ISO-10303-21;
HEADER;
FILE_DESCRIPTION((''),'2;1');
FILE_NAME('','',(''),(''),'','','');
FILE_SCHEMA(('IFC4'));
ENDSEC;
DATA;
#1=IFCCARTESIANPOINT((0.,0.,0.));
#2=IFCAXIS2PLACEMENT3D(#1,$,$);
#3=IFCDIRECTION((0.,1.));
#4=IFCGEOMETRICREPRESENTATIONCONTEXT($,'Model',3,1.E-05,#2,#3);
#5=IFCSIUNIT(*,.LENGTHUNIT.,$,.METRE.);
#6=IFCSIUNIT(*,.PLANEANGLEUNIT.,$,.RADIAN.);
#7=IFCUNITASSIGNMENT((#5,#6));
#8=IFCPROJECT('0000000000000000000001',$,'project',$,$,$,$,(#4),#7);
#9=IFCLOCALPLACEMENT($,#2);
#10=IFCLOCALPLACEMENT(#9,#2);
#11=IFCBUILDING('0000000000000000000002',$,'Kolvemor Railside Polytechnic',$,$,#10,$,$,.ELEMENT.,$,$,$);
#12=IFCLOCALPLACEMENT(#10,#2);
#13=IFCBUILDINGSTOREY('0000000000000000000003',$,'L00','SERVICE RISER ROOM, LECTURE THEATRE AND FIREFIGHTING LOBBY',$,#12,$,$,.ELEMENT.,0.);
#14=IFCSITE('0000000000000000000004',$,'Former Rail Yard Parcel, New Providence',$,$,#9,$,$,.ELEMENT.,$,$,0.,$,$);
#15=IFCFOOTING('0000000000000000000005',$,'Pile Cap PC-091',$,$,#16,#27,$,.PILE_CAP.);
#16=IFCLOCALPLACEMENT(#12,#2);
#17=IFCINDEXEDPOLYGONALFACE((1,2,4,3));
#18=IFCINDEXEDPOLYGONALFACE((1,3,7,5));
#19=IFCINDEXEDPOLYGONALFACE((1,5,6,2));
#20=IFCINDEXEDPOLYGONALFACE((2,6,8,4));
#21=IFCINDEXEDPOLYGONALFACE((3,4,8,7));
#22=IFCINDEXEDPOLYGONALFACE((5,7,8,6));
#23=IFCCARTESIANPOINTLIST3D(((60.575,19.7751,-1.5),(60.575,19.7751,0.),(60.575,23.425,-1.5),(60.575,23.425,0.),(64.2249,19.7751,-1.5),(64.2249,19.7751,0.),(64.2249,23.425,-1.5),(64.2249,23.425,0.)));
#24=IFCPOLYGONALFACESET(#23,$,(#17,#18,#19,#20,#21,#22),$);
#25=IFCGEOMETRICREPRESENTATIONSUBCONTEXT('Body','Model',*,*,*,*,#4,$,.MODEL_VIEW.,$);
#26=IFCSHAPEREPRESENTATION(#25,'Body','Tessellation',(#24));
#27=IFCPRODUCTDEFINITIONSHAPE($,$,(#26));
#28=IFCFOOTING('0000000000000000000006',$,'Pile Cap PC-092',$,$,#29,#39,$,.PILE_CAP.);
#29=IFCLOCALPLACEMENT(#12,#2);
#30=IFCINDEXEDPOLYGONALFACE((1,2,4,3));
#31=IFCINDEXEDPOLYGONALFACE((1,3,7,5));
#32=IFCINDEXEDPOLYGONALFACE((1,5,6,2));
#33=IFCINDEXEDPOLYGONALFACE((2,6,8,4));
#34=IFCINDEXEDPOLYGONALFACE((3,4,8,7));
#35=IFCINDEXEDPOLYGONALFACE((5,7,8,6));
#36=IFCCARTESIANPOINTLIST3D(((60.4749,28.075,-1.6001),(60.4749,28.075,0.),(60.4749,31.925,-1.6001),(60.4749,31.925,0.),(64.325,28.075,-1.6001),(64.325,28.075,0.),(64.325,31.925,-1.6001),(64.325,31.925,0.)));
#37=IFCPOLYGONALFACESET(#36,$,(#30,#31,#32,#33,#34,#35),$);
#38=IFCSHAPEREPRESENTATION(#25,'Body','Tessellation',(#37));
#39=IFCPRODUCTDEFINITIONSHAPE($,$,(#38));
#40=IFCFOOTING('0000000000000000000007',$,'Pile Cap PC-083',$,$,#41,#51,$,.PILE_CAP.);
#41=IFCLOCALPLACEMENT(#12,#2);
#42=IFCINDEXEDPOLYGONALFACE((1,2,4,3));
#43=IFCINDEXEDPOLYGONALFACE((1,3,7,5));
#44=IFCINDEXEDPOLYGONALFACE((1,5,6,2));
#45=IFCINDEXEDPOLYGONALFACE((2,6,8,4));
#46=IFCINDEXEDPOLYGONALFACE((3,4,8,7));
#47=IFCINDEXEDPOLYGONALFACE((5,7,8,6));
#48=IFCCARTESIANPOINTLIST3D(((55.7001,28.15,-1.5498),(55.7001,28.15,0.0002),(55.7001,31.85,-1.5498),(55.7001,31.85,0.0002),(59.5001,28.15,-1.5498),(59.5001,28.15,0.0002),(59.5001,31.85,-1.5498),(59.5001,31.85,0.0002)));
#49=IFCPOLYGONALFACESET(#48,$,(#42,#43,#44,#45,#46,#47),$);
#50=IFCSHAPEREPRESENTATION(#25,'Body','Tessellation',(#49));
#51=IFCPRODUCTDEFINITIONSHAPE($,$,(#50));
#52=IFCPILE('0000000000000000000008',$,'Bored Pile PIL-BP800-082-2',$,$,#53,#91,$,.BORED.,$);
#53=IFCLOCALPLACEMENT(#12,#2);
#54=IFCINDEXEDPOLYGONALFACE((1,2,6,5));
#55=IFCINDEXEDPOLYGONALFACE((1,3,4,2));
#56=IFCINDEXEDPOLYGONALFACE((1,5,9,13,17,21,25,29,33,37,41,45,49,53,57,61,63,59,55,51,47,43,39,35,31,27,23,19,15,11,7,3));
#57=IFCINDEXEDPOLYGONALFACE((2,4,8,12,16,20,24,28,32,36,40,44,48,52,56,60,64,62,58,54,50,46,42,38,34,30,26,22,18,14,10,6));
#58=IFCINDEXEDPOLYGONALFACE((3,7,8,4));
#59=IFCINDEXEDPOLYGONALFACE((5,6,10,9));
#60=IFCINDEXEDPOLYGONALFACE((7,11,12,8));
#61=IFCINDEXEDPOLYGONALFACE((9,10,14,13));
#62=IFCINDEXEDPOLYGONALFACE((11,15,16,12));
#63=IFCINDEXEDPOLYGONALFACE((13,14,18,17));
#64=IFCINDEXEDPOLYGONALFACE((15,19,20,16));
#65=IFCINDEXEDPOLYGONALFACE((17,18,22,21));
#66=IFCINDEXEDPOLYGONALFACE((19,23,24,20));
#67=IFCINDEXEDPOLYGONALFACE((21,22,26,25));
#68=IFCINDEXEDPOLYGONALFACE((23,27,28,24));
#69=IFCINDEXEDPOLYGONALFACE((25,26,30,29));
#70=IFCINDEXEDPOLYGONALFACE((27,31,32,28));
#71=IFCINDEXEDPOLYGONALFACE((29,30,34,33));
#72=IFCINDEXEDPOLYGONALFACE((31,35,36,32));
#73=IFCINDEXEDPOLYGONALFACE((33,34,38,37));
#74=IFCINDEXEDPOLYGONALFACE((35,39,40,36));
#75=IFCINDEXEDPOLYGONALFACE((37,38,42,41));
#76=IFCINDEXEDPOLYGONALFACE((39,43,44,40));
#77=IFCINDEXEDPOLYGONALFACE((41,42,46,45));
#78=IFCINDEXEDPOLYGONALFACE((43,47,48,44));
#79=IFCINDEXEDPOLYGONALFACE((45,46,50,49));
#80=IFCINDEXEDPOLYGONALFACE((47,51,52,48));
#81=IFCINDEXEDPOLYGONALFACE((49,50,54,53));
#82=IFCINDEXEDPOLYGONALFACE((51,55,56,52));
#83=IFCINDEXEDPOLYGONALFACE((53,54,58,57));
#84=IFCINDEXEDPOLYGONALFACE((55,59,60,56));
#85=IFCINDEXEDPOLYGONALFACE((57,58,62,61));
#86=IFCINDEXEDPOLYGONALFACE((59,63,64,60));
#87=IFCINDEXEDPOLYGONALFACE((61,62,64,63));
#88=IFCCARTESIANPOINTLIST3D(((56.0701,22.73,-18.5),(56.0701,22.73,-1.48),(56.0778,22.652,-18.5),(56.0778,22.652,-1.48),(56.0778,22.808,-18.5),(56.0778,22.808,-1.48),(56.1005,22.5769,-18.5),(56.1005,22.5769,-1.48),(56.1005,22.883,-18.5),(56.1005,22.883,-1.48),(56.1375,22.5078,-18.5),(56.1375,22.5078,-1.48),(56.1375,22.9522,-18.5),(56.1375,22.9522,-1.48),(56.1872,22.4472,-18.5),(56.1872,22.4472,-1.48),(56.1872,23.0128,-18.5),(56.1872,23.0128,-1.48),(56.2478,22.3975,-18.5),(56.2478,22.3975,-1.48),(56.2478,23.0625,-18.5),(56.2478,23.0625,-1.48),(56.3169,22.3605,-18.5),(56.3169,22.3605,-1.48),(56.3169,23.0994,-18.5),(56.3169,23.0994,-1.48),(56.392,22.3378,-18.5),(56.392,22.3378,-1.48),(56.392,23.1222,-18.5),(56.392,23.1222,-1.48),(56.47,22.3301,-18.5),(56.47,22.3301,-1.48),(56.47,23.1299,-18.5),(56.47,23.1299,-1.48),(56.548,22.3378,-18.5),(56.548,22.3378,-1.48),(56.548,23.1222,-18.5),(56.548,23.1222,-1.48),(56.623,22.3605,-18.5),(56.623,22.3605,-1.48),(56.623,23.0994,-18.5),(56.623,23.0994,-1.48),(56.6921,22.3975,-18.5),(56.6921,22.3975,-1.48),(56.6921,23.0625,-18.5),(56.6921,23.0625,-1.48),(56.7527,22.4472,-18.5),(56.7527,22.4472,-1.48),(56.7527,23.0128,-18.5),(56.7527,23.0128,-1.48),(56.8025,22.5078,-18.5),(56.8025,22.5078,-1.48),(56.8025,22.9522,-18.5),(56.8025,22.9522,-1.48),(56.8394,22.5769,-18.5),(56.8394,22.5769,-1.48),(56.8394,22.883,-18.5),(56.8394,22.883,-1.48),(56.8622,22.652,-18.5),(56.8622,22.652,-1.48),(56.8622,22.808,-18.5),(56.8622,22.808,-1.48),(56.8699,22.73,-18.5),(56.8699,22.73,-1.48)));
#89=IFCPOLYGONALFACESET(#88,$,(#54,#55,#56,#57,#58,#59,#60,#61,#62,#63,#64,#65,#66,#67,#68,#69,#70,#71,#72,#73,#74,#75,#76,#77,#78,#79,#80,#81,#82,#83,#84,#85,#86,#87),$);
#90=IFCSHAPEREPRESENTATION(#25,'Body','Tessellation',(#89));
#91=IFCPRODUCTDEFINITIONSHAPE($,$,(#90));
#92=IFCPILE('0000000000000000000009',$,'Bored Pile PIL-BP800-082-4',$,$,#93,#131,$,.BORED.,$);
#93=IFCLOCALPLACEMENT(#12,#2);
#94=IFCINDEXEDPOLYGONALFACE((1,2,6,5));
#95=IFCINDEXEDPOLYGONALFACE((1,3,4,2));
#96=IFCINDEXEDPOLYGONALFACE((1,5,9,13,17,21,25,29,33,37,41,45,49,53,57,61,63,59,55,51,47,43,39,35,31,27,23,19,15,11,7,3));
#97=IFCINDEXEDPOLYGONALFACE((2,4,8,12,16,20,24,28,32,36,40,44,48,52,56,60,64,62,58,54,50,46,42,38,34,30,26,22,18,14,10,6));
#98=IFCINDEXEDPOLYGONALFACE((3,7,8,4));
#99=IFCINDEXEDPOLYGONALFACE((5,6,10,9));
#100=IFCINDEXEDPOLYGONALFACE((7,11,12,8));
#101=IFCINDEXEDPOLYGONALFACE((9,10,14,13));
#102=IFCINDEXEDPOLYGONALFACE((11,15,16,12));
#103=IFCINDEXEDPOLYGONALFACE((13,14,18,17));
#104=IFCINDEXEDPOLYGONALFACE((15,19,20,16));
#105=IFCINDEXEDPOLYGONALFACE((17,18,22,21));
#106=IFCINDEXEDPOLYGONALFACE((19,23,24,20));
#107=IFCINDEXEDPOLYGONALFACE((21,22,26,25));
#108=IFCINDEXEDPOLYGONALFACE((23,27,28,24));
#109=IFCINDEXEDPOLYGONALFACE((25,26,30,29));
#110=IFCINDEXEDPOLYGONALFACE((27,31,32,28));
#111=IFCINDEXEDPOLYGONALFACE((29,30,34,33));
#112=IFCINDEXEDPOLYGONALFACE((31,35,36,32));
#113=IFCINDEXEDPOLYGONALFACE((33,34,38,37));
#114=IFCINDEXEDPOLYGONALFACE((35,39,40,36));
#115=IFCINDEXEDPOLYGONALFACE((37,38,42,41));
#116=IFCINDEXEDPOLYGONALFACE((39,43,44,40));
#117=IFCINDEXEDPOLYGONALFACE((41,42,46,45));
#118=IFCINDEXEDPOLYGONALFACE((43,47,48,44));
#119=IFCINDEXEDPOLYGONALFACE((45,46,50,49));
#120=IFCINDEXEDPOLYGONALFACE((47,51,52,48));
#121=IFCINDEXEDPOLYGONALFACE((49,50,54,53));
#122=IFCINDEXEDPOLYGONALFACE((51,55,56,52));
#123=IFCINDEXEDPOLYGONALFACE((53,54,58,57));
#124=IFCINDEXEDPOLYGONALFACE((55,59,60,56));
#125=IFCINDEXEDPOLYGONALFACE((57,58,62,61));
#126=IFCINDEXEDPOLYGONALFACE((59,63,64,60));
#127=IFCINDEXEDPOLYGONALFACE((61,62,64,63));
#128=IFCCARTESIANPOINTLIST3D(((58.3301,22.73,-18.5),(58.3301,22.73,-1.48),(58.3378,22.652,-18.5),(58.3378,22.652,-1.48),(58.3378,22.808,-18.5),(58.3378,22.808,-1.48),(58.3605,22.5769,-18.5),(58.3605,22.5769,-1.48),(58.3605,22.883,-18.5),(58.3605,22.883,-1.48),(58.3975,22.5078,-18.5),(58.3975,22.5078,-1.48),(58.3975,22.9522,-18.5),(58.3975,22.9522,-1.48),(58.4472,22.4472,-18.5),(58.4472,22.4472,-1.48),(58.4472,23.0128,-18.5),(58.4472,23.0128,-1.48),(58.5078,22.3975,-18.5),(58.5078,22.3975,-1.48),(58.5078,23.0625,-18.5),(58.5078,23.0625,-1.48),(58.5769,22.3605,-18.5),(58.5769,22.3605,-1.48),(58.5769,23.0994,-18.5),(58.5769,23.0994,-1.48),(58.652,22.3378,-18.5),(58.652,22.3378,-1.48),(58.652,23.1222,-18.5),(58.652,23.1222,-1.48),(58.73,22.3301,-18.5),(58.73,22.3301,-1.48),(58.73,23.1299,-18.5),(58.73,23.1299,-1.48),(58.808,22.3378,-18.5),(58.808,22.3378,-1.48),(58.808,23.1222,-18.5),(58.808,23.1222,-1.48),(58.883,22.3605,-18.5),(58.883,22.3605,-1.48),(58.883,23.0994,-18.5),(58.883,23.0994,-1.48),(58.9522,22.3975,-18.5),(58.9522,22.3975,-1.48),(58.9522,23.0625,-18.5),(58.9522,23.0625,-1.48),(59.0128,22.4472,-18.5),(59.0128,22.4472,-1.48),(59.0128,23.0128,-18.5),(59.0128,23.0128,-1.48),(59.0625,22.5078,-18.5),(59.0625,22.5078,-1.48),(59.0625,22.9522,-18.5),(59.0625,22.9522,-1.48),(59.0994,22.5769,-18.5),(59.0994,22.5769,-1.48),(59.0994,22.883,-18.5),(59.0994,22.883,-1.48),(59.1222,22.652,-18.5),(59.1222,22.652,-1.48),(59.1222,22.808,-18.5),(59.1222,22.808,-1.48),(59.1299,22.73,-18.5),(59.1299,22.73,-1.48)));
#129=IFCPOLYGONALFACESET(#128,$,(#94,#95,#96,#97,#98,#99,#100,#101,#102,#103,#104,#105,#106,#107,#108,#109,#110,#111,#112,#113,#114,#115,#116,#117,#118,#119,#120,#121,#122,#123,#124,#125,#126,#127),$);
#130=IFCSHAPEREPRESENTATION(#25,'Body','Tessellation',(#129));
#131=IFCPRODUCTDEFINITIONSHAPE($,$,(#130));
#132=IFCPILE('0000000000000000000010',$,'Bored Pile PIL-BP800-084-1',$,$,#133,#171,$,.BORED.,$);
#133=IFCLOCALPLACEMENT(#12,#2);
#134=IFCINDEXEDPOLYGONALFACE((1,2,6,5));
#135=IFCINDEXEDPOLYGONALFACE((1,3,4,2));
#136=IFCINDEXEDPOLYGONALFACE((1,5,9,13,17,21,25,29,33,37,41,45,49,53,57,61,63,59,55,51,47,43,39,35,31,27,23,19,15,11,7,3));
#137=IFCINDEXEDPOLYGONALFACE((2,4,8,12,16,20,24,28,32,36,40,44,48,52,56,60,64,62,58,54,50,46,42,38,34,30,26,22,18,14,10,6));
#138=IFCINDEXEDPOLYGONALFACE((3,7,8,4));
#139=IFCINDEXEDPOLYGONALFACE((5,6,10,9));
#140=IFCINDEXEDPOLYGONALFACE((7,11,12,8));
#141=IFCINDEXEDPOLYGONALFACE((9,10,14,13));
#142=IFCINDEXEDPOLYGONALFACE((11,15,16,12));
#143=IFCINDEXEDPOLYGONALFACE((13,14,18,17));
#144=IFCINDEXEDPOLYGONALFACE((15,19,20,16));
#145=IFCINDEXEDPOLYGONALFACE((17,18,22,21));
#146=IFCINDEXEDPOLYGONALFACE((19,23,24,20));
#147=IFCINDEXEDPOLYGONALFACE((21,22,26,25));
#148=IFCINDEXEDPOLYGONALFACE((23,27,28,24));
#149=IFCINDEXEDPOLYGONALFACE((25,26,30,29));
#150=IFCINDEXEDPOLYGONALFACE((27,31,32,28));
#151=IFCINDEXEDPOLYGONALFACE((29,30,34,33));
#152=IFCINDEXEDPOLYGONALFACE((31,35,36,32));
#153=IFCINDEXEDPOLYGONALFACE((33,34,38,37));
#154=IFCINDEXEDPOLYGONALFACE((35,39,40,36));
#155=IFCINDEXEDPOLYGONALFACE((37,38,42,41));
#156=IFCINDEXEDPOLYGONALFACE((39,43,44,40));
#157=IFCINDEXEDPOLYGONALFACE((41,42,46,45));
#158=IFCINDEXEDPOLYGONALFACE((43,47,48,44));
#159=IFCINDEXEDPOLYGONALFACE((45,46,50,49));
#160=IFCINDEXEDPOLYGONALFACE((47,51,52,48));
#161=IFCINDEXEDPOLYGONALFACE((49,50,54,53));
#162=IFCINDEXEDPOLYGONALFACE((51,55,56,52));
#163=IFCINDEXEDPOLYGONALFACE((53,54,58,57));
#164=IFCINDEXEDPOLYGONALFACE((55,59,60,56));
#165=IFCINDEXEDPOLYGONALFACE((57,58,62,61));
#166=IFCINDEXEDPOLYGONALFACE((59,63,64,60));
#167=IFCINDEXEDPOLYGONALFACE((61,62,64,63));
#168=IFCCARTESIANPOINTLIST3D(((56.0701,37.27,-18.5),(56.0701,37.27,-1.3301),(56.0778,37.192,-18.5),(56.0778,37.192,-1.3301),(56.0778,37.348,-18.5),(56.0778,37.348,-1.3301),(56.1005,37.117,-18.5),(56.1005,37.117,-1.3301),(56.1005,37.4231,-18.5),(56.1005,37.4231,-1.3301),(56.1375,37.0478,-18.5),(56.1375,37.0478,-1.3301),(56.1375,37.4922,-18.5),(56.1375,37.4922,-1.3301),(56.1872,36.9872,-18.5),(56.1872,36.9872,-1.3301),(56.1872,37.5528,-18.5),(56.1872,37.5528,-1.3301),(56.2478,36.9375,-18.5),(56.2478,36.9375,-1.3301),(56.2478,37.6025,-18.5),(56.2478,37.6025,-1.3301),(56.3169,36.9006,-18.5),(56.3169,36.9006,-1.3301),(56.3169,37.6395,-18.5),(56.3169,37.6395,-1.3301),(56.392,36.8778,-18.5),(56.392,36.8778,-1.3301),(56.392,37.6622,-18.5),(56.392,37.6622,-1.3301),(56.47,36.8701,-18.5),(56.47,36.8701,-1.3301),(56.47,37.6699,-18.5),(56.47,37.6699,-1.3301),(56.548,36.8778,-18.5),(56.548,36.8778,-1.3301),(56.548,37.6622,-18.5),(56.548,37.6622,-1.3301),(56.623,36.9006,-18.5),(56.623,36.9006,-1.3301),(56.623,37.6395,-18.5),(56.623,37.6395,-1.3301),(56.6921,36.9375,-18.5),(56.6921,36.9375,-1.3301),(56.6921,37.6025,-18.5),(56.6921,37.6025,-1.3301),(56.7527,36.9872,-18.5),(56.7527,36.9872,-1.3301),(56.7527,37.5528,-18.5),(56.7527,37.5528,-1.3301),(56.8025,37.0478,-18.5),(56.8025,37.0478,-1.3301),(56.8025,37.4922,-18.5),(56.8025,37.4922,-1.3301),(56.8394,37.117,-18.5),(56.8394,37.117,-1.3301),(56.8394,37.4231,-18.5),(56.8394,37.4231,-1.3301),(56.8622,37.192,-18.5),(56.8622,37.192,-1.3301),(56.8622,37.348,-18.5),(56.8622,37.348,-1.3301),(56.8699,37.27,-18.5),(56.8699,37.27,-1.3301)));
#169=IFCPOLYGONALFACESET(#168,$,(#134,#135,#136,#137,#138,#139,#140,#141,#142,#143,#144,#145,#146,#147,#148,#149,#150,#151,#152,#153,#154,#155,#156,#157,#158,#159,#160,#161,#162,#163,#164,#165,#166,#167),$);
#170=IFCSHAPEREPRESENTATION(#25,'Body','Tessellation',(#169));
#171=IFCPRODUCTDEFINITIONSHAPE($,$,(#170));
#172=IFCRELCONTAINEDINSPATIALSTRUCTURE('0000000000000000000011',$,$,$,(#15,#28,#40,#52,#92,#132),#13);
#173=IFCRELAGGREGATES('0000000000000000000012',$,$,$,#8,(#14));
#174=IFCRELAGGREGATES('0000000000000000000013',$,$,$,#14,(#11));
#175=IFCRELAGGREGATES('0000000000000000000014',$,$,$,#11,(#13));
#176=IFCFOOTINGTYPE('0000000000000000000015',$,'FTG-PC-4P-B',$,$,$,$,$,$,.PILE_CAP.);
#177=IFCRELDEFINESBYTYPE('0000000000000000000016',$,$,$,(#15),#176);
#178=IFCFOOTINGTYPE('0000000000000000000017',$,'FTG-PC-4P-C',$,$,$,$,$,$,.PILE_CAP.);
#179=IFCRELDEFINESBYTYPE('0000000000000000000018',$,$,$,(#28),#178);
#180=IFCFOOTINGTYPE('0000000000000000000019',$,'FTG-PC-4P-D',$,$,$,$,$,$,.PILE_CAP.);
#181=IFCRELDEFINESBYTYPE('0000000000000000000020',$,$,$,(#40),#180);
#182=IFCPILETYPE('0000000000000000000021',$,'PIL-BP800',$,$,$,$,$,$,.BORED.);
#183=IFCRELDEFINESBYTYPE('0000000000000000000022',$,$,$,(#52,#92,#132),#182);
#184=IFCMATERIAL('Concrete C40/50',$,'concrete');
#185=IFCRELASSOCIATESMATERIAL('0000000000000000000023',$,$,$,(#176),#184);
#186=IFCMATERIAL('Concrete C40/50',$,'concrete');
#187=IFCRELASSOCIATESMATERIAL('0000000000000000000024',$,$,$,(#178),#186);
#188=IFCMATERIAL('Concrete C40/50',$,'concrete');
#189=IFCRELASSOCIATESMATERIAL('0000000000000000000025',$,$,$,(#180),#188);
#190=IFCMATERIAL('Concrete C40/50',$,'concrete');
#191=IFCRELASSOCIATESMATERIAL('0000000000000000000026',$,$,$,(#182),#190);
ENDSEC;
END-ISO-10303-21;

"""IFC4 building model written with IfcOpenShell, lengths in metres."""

from ifc_helpers import new_model, si_unit, direction, frame, origin, origin_2d, place, context, subcontext, project, spatial, rectangle, circle, extrude, material, material_profile, profile_set, type_object, element, save


model = new_model("IFC4")

# Units and contexts
model_context = context("Model", 3, precision=1e-05, world=origin(), true_north=direction((0.0, 1.0)))
body_context = subcontext(model_context, "Body", "Model", "MODEL_VIEW")
ifc_project = project(units=[si_unit("LENGTHUNIT", "METRE"), si_unit("PLANEANGLEUNIT", "RADIAN")], contexts=[model_context])

# Site, building, storey
site_placement = place(None, origin())
site = spatial("IfcSite", under=ifc_project, at=site_placement, Name="Former Rail Yard Parcel, New Providence", CompositionType="ELEMENT", RefElevation=0.0)
building_placement = place(site_placement, origin())
building = spatial("IfcBuilding", under=site, at=building_placement, Name="Kolvemor Railside Polytechnic", CompositionType="ELEMENT")
storey_placement = place(building_placement, origin())
storey = spatial("IfcBuildingStorey", under=building, at=storey_placement, Name="L00", Description="SERVICE RISER ROOM, LECTURE THEATRE AND FIREFIGHTING LOBBY", CompositionType="ELEMENT", Elevation=0.0)

# Footings
ifc_material_1 = material(Name="Concrete C40/50", Category="concrete")
footing_type_1 = type_object("IfcFootingType", Name="FTG-PC-4P-B", PredefinedType="PILE_CAP", material=ifc_material_1)
footing_1_placement = place(storey_placement, frame((62.3999, 21.6001, -1.5), z_axis=(0.0, 0.0, 1.0), x_axis=(1.0, 0.0, 0.0)))
element("IfcFooting", 1, at=footing_1_placement, inside=storey, type_object=footing_type_1, Name="Pile Cap PC-091", PredefinedType="PILE_CAP", context=body_context, shape_type="SweptSolid", body=[
    extrude(rectangle(XDim=3.6499, YDim=3.6499, at=origin_2d()), origin(), (0.0, 0.0, 1.0), 1.5),
])
ifc_material_2 = material(Name="Concrete C40/50", Category="concrete")
footing_type_2 = type_object("IfcFootingType", Name="FTG-PC-4P-C", PredefinedType="PILE_CAP", material=ifc_material_2)
footing_2_placement = place(storey_placement, frame((62.3999, 30.0, -1.6001), z_axis=(0.0, 0.0, 1.0), x_axis=(1.0, 0.0, 0.0)))
element("IfcFooting", 2, at=footing_2_placement, inside=storey, type_object=footing_type_2, Name="Pile Cap PC-092", PredefinedType="PILE_CAP", context=body_context, shape_type="SweptSolid", body=[
    extrude(rectangle(XDim=3.8501, YDim=3.8501, at=origin_2d()), origin(), (0.0, 0.0, 1.0), 1.6001),
])
ifc_material_3 = material(Name="Concrete C40/50", Category="concrete")
footing_type_3 = type_object("IfcFootingType", Name="FTG-PC-4P-D", PredefinedType="PILE_CAP", material=ifc_material_3)
footing_3_placement = place(storey_placement, frame((57.6001, 30.0, -1.5498), z_axis=(0.0, 0.0, 1.0), x_axis=(1.0, 0.0, 0.0)))
element("IfcFooting", 3, at=footing_3_placement, inside=storey, type_object=footing_type_3, Name="Pile Cap PC-083", PredefinedType="PILE_CAP", context=body_context, shape_type="SweptSolid", body=[
    extrude(rectangle(XDim=3.8, YDim=3.7, at=origin_2d()), origin(), (0.0, 0.0, 1.0), 1.55),
])

# Piles
ifc_material_4 = material(Name="Concrete C40/50", Category="concrete")
ifc_material_profile_1 = material_profile(ifc_material_4, circle(Radius=0.3999, at=origin_2d()), Name="BP800")
ifc_profile_set_1 = profile_set([ifc_material_profile_1], Name="Concrete C40/50")
pile_type_1 = type_object("IfcPileType", Name="PIL-BP800", PredefinedType="BORED", material=ifc_profile_set_1)
for number, where, z_axis, x_axis, name in (
    (4, (56.47, 22.73, -1.48), (0.0, 0.0, -1.0), (1.0, 0.0, 0.0), "Bored Pile PIL-BP800-082-2"),
    (5, (58.73, 22.73, -1.48), (0.0, 0.0, -1.0), (1.0, 0.0, 0.0), "Bored Pile PIL-BP800-082-4"),
):
    element("IfcPile", number, at=place(storey_placement, frame(where, z_axis=z_axis, x_axis=x_axis)), inside=storey, type_object=pile_type_1, Name=name, PredefinedType="BORED", context=body_context, shape_type="SweptSolid", body=[
        extrude(circle(Radius=0.3999, at=origin_2d()), origin(), (0.0, 0.0, 1.0), 17.02),
    ])
for number, where, z_axis, x_axis, name in (
    (6, (56.47, 37.27, -1.3301), (0.0, 0.0, -1.0), (1.0, 0.0, 0.0), "Bored Pile PIL-BP800-084-1"),
):
    element("IfcPile", number, at=place(storey_placement, frame(where, z_axis=z_axis, x_axis=x_axis)), inside=storey, type_object=pile_type_1, Name=name, PredefinedType="BORED", context=body_context, shape_type="SweptSolid", body=[
        extrude(circle(Radius=0.3999, at=origin_2d()), origin(), (0.0, 0.0, 1.0), 17.1699),
    ])

save(model, "model.ifc")
